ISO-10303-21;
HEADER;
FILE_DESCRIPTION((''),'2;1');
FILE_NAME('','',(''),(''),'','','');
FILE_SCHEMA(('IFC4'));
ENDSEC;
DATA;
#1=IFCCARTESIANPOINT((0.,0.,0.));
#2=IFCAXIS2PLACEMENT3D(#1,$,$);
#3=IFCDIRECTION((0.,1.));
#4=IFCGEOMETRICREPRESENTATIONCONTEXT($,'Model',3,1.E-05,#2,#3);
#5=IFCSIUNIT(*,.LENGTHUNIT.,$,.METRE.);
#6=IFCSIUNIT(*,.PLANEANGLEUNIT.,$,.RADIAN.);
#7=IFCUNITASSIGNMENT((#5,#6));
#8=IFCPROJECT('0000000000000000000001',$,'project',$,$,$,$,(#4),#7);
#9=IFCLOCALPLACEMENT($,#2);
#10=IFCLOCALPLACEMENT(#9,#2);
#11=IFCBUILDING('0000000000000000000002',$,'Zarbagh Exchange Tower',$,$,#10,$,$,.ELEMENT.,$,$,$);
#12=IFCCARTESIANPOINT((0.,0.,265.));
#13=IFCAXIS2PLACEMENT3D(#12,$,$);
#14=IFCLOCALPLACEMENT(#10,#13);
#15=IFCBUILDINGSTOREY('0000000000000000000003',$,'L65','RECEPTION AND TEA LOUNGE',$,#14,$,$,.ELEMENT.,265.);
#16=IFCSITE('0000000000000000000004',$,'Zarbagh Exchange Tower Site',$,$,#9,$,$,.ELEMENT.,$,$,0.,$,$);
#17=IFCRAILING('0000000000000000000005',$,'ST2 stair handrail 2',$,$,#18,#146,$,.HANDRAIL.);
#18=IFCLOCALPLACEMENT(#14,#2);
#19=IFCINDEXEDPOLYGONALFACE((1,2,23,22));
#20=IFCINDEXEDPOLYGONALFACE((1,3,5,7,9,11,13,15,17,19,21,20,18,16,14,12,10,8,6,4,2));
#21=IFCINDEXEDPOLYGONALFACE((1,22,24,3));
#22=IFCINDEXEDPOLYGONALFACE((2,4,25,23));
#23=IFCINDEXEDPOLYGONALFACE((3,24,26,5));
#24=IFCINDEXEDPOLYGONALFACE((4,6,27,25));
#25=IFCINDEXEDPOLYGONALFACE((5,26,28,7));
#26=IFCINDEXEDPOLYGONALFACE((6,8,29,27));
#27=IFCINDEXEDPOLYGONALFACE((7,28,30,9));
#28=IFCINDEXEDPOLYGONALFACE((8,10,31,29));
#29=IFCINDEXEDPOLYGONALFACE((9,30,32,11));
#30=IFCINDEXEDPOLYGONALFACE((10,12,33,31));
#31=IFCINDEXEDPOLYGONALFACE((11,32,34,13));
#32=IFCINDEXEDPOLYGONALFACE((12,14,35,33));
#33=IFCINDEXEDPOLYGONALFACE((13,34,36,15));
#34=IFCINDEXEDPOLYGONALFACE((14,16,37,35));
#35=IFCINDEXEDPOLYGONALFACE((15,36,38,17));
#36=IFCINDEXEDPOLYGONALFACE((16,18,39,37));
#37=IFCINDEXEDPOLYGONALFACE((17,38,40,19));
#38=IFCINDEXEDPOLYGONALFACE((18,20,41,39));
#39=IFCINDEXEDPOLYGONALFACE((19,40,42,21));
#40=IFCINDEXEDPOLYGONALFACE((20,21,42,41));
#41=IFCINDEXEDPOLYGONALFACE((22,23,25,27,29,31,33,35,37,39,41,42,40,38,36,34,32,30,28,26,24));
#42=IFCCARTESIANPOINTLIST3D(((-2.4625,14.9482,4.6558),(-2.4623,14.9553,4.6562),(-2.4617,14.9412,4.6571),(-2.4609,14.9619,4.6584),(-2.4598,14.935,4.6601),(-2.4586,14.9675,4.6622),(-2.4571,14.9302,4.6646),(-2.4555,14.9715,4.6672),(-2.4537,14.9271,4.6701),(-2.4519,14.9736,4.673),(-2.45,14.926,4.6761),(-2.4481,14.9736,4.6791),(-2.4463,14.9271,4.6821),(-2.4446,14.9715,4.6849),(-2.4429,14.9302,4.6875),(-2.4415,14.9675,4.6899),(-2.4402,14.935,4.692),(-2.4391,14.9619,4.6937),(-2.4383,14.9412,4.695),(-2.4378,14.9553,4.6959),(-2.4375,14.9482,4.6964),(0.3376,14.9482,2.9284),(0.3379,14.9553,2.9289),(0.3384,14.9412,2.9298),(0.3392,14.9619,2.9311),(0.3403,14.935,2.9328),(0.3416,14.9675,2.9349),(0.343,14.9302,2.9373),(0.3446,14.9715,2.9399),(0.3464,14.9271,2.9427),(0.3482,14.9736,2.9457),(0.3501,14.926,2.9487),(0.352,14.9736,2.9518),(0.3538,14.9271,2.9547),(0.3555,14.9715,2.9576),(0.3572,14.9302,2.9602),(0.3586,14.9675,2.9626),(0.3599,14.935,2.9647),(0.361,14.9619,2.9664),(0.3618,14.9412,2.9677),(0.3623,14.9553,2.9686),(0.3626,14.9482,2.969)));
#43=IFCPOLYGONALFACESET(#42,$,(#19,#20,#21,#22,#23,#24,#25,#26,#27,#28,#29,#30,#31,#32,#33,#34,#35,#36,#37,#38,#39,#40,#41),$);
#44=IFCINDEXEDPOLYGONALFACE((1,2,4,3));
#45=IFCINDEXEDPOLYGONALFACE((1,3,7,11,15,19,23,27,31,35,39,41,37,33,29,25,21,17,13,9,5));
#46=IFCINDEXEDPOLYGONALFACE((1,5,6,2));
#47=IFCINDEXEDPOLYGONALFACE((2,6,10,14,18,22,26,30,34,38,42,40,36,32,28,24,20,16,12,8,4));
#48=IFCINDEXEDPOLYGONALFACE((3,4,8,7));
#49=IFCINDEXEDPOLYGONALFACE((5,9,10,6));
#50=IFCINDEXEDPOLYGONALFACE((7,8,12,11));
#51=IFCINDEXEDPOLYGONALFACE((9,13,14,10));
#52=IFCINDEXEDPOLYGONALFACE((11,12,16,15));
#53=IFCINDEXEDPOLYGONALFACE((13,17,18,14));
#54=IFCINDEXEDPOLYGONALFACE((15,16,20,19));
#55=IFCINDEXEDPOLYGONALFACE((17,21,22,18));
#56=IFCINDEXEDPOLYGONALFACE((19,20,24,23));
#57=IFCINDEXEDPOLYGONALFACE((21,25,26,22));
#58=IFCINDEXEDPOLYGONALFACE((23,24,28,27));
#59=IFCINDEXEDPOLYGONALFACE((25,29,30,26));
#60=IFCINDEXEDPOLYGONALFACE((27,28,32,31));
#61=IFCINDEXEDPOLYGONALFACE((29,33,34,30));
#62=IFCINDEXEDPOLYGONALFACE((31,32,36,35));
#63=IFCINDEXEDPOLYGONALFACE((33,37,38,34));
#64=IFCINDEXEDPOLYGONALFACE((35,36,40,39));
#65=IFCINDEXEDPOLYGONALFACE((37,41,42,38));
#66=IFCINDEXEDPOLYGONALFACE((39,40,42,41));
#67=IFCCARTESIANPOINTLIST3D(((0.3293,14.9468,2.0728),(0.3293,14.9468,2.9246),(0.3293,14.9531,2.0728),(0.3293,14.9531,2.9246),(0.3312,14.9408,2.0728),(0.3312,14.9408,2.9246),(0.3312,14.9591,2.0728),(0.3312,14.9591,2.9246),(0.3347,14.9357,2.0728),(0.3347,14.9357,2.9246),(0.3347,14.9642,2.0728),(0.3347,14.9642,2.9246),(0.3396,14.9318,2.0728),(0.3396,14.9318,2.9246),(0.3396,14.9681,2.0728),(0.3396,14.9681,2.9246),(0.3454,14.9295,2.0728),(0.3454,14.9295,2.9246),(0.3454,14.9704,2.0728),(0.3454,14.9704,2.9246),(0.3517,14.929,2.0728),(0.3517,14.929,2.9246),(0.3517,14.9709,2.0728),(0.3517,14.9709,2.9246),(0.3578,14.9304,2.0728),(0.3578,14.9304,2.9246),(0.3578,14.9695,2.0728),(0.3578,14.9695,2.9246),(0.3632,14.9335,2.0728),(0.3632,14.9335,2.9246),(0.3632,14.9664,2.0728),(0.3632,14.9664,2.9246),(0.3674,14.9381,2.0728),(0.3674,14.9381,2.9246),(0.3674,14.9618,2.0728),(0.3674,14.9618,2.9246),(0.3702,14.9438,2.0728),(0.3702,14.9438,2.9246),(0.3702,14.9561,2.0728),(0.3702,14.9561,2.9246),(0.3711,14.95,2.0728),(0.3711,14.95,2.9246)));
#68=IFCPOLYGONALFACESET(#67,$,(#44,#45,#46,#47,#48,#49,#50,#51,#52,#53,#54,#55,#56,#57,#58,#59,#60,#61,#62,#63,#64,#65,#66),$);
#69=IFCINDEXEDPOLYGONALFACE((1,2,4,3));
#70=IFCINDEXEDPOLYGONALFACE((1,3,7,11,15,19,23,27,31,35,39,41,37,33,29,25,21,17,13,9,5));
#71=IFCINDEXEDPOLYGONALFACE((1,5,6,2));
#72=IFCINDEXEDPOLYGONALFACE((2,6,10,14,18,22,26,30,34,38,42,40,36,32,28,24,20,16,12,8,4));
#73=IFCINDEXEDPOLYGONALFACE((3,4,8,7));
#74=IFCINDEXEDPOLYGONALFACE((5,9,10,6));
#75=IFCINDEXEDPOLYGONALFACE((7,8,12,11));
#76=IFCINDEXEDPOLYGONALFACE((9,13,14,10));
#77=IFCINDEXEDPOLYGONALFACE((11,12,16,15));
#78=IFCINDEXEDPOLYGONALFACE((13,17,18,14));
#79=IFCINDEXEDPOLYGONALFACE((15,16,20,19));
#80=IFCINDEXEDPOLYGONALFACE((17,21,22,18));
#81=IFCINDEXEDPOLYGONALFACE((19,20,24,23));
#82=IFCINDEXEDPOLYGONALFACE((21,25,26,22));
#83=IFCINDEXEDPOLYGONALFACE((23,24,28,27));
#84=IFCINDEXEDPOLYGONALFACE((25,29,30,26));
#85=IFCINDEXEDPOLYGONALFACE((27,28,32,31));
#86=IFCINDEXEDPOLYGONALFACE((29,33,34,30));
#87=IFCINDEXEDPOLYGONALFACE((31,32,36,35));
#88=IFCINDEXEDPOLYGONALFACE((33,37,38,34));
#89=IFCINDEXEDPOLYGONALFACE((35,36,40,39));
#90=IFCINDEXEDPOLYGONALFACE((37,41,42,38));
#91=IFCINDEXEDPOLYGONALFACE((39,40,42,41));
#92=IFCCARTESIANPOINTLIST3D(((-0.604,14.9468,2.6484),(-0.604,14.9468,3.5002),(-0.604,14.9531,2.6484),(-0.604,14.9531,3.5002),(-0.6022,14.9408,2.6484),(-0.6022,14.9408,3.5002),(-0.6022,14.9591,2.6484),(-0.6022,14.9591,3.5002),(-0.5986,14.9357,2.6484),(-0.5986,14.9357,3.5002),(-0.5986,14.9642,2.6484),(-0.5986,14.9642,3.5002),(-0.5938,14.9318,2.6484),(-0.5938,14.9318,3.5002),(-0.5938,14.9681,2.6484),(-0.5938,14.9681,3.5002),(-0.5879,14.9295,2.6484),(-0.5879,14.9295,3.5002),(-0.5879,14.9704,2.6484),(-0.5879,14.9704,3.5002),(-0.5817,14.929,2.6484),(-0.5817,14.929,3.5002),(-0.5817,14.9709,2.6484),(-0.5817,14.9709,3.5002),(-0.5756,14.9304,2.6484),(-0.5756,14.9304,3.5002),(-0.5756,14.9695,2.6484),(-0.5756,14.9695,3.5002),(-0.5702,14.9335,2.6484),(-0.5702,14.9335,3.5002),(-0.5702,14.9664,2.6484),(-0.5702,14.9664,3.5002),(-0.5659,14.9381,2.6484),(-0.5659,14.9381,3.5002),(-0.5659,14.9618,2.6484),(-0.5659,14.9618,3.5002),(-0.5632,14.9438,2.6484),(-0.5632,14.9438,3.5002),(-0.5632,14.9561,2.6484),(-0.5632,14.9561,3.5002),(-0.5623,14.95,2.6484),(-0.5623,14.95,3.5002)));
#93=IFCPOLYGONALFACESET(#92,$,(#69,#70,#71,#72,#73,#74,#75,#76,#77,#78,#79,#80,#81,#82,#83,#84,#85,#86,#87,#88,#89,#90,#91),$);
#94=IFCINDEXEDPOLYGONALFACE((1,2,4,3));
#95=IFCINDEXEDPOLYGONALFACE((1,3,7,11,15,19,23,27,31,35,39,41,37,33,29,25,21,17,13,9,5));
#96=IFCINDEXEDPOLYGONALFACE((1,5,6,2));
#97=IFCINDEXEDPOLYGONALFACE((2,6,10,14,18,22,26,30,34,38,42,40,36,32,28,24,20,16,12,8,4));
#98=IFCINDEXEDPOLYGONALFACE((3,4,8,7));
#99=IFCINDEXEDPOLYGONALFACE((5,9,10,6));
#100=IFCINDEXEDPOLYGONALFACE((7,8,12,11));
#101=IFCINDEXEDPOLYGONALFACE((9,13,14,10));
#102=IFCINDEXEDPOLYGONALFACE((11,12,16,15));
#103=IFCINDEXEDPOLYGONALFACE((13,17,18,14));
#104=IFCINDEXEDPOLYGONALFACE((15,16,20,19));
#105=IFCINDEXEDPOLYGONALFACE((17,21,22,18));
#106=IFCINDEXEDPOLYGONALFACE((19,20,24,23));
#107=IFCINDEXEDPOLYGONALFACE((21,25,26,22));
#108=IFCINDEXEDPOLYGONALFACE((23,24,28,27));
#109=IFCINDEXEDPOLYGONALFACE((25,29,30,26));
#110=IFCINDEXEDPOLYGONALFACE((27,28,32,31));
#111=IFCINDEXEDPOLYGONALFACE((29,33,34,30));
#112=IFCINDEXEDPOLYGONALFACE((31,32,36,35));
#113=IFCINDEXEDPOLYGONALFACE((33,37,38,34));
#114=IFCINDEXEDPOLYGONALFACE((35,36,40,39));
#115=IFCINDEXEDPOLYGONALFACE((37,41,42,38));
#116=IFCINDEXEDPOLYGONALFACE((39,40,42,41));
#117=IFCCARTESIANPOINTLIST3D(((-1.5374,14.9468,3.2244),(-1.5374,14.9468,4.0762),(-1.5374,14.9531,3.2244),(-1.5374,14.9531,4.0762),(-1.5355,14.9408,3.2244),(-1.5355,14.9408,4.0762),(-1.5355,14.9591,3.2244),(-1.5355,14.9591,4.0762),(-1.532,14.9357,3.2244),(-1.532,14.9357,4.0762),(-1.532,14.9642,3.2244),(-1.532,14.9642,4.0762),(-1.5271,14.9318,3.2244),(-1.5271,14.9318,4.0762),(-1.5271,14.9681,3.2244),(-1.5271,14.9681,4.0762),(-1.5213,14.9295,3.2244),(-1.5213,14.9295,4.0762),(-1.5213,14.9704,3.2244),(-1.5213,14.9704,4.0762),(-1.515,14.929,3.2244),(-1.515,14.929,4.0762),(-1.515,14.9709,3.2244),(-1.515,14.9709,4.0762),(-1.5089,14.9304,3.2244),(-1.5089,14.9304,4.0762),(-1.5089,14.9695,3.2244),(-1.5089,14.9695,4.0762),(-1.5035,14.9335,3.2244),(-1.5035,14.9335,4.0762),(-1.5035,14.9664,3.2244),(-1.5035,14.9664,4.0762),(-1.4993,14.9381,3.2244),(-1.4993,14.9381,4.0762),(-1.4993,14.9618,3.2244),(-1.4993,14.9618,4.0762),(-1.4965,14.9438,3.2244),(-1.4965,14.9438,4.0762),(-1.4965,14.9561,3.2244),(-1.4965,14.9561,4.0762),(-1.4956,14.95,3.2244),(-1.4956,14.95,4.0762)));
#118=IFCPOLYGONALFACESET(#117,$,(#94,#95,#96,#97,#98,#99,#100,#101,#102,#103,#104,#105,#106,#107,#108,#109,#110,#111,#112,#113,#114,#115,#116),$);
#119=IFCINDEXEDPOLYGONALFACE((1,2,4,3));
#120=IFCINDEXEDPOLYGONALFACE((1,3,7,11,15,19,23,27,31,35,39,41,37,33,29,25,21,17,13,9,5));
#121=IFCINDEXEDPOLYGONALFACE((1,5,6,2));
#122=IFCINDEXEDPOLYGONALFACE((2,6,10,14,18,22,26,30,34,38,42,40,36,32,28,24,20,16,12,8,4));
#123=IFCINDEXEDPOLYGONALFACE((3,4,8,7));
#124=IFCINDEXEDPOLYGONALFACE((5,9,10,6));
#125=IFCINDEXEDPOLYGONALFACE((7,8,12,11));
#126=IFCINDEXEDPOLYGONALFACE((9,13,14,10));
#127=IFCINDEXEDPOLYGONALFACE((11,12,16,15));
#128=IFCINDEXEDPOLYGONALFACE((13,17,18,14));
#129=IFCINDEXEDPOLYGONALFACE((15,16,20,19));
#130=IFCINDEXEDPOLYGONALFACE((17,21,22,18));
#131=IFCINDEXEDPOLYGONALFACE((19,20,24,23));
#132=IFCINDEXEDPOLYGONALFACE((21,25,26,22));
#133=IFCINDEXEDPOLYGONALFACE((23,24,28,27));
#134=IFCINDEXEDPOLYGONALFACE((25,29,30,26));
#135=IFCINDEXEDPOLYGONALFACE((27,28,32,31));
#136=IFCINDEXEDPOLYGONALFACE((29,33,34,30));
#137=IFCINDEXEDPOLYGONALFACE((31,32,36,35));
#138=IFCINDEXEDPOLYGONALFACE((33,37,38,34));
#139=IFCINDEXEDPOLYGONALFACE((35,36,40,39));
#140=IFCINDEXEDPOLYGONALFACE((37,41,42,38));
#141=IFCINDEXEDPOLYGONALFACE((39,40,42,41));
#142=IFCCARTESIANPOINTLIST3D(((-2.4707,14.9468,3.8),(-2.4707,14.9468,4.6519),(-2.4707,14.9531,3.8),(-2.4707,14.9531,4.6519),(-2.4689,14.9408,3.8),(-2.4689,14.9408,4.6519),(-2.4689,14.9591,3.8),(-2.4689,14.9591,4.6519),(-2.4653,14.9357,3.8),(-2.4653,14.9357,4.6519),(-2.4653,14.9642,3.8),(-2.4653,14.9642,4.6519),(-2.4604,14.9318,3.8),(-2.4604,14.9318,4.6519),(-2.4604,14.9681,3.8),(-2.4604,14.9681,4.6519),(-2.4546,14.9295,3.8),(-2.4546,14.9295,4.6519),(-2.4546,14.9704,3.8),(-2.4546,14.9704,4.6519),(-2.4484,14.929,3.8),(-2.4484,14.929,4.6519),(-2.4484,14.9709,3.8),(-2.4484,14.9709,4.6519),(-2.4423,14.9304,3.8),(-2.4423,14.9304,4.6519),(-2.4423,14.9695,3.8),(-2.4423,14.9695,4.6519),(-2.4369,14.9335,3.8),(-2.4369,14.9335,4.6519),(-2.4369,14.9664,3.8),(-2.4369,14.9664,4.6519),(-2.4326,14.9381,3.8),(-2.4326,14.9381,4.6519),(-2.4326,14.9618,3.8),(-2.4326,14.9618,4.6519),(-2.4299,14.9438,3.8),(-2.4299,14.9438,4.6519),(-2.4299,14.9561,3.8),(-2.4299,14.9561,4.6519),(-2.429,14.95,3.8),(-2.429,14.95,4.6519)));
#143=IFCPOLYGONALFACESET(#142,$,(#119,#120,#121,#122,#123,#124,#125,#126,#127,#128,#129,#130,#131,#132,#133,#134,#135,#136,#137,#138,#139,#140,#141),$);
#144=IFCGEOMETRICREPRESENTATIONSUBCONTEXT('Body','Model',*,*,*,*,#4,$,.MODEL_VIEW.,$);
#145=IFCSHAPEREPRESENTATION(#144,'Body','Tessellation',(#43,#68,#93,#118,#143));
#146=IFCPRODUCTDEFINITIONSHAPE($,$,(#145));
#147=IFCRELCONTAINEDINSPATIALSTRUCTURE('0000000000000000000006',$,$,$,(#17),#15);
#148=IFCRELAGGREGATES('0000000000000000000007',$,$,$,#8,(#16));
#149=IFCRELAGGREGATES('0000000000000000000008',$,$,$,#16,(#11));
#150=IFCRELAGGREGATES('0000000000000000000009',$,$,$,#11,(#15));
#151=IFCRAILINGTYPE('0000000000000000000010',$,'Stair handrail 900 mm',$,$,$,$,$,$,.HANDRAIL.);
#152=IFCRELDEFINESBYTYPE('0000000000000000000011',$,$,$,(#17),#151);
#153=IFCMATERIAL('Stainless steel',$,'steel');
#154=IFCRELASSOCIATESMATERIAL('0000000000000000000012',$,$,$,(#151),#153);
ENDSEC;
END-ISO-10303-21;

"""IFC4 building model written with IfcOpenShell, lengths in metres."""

from ifc_helpers import new_model, si_unit, direction, frame, origin, origin_2d, place, context, subcontext, project, spatial, circle, extrude, material, type_object, element, save


model = new_model("IFC4")

# Units and contexts
model_context = context("Model", 3, precision=1e-05, world=origin(), true_north=direction((0.0, 1.0)))
body_context = subcontext(model_context, "Body", "Model", "MODEL_VIEW")
ifc_project = project(units=[si_unit("LENGTHUNIT", "METRE"), si_unit("PLANEANGLEUNIT", "RADIAN")], contexts=[model_context])

# Site, building, storey
site_placement = place(None, origin())
site = spatial("IfcSite", under=ifc_project, at=site_placement, Name="Zarbagh Exchange Tower Site", CompositionType="ELEMENT", RefElevation=0.0)
building_placement = place(site_placement, origin())
building = spatial("IfcBuilding", under=site, at=building_placement, Name="Zarbagh Exchange Tower", CompositionType="ELEMENT")
storey_placement = place(building_placement, frame((0.0, 0.0, 265.0)))
storey = spatial("IfcBuildingStorey", under=building, at=storey_placement, Name="L65", Description="RECEPTION AND TEA LOUNGE", CompositionType="ELEMENT", Elevation=265.0)

# Railing
ifc_material_1 = material(Name="Stainless steel", Category="steel")
railing_type_1 = type_object("IfcRailingType", Name="Stair handrail 900 mm", PredefinedType="HANDRAIL", material=ifc_material_1)
railing_1_placement = place(storey_placement, frame((0.3501, 14.95, 2.0728)))
element("IfcRailing", 1, at=railing_1_placement, inside=storey, type_object=railing_type_1, Name="ST2 stair handrail 2", PredefinedType="HANDRAIL", context=body_context, shape_type="SweptSolid", body=[
    extrude(circle(Radius=0.0239, at=origin_2d()), frame((0.0, 0.0, 0.876), z_axis=(-0.85109, 0.0, 0.52502), x_axis=(0.0, -1.0, 0.0)), (0.0, 0.0, 1.0), 3.29),
    extrude(circle(Radius=0.021, at=origin_2d()), origin(), (0.0, 0.0, 1.0), 0.8518),
    extrude(circle(Radius=0.021, at=origin_2d()), frame((-0.9333, 0.0, 0.5757)), (0.0, 0.0, 1.0), 0.8518),
    extrude(circle(Radius=0.021, at=origin_2d()), frame((-1.8667, 0.0, 1.1516)), (0.0, 0.0, 1.0), 0.8518),
    extrude(circle(Radius=0.021, at=origin_2d()), frame((-2.8, 0.0, 1.7273)), (0.0, 0.0, 1.0), 0.8518),
])

save(model, "model.ifc")
